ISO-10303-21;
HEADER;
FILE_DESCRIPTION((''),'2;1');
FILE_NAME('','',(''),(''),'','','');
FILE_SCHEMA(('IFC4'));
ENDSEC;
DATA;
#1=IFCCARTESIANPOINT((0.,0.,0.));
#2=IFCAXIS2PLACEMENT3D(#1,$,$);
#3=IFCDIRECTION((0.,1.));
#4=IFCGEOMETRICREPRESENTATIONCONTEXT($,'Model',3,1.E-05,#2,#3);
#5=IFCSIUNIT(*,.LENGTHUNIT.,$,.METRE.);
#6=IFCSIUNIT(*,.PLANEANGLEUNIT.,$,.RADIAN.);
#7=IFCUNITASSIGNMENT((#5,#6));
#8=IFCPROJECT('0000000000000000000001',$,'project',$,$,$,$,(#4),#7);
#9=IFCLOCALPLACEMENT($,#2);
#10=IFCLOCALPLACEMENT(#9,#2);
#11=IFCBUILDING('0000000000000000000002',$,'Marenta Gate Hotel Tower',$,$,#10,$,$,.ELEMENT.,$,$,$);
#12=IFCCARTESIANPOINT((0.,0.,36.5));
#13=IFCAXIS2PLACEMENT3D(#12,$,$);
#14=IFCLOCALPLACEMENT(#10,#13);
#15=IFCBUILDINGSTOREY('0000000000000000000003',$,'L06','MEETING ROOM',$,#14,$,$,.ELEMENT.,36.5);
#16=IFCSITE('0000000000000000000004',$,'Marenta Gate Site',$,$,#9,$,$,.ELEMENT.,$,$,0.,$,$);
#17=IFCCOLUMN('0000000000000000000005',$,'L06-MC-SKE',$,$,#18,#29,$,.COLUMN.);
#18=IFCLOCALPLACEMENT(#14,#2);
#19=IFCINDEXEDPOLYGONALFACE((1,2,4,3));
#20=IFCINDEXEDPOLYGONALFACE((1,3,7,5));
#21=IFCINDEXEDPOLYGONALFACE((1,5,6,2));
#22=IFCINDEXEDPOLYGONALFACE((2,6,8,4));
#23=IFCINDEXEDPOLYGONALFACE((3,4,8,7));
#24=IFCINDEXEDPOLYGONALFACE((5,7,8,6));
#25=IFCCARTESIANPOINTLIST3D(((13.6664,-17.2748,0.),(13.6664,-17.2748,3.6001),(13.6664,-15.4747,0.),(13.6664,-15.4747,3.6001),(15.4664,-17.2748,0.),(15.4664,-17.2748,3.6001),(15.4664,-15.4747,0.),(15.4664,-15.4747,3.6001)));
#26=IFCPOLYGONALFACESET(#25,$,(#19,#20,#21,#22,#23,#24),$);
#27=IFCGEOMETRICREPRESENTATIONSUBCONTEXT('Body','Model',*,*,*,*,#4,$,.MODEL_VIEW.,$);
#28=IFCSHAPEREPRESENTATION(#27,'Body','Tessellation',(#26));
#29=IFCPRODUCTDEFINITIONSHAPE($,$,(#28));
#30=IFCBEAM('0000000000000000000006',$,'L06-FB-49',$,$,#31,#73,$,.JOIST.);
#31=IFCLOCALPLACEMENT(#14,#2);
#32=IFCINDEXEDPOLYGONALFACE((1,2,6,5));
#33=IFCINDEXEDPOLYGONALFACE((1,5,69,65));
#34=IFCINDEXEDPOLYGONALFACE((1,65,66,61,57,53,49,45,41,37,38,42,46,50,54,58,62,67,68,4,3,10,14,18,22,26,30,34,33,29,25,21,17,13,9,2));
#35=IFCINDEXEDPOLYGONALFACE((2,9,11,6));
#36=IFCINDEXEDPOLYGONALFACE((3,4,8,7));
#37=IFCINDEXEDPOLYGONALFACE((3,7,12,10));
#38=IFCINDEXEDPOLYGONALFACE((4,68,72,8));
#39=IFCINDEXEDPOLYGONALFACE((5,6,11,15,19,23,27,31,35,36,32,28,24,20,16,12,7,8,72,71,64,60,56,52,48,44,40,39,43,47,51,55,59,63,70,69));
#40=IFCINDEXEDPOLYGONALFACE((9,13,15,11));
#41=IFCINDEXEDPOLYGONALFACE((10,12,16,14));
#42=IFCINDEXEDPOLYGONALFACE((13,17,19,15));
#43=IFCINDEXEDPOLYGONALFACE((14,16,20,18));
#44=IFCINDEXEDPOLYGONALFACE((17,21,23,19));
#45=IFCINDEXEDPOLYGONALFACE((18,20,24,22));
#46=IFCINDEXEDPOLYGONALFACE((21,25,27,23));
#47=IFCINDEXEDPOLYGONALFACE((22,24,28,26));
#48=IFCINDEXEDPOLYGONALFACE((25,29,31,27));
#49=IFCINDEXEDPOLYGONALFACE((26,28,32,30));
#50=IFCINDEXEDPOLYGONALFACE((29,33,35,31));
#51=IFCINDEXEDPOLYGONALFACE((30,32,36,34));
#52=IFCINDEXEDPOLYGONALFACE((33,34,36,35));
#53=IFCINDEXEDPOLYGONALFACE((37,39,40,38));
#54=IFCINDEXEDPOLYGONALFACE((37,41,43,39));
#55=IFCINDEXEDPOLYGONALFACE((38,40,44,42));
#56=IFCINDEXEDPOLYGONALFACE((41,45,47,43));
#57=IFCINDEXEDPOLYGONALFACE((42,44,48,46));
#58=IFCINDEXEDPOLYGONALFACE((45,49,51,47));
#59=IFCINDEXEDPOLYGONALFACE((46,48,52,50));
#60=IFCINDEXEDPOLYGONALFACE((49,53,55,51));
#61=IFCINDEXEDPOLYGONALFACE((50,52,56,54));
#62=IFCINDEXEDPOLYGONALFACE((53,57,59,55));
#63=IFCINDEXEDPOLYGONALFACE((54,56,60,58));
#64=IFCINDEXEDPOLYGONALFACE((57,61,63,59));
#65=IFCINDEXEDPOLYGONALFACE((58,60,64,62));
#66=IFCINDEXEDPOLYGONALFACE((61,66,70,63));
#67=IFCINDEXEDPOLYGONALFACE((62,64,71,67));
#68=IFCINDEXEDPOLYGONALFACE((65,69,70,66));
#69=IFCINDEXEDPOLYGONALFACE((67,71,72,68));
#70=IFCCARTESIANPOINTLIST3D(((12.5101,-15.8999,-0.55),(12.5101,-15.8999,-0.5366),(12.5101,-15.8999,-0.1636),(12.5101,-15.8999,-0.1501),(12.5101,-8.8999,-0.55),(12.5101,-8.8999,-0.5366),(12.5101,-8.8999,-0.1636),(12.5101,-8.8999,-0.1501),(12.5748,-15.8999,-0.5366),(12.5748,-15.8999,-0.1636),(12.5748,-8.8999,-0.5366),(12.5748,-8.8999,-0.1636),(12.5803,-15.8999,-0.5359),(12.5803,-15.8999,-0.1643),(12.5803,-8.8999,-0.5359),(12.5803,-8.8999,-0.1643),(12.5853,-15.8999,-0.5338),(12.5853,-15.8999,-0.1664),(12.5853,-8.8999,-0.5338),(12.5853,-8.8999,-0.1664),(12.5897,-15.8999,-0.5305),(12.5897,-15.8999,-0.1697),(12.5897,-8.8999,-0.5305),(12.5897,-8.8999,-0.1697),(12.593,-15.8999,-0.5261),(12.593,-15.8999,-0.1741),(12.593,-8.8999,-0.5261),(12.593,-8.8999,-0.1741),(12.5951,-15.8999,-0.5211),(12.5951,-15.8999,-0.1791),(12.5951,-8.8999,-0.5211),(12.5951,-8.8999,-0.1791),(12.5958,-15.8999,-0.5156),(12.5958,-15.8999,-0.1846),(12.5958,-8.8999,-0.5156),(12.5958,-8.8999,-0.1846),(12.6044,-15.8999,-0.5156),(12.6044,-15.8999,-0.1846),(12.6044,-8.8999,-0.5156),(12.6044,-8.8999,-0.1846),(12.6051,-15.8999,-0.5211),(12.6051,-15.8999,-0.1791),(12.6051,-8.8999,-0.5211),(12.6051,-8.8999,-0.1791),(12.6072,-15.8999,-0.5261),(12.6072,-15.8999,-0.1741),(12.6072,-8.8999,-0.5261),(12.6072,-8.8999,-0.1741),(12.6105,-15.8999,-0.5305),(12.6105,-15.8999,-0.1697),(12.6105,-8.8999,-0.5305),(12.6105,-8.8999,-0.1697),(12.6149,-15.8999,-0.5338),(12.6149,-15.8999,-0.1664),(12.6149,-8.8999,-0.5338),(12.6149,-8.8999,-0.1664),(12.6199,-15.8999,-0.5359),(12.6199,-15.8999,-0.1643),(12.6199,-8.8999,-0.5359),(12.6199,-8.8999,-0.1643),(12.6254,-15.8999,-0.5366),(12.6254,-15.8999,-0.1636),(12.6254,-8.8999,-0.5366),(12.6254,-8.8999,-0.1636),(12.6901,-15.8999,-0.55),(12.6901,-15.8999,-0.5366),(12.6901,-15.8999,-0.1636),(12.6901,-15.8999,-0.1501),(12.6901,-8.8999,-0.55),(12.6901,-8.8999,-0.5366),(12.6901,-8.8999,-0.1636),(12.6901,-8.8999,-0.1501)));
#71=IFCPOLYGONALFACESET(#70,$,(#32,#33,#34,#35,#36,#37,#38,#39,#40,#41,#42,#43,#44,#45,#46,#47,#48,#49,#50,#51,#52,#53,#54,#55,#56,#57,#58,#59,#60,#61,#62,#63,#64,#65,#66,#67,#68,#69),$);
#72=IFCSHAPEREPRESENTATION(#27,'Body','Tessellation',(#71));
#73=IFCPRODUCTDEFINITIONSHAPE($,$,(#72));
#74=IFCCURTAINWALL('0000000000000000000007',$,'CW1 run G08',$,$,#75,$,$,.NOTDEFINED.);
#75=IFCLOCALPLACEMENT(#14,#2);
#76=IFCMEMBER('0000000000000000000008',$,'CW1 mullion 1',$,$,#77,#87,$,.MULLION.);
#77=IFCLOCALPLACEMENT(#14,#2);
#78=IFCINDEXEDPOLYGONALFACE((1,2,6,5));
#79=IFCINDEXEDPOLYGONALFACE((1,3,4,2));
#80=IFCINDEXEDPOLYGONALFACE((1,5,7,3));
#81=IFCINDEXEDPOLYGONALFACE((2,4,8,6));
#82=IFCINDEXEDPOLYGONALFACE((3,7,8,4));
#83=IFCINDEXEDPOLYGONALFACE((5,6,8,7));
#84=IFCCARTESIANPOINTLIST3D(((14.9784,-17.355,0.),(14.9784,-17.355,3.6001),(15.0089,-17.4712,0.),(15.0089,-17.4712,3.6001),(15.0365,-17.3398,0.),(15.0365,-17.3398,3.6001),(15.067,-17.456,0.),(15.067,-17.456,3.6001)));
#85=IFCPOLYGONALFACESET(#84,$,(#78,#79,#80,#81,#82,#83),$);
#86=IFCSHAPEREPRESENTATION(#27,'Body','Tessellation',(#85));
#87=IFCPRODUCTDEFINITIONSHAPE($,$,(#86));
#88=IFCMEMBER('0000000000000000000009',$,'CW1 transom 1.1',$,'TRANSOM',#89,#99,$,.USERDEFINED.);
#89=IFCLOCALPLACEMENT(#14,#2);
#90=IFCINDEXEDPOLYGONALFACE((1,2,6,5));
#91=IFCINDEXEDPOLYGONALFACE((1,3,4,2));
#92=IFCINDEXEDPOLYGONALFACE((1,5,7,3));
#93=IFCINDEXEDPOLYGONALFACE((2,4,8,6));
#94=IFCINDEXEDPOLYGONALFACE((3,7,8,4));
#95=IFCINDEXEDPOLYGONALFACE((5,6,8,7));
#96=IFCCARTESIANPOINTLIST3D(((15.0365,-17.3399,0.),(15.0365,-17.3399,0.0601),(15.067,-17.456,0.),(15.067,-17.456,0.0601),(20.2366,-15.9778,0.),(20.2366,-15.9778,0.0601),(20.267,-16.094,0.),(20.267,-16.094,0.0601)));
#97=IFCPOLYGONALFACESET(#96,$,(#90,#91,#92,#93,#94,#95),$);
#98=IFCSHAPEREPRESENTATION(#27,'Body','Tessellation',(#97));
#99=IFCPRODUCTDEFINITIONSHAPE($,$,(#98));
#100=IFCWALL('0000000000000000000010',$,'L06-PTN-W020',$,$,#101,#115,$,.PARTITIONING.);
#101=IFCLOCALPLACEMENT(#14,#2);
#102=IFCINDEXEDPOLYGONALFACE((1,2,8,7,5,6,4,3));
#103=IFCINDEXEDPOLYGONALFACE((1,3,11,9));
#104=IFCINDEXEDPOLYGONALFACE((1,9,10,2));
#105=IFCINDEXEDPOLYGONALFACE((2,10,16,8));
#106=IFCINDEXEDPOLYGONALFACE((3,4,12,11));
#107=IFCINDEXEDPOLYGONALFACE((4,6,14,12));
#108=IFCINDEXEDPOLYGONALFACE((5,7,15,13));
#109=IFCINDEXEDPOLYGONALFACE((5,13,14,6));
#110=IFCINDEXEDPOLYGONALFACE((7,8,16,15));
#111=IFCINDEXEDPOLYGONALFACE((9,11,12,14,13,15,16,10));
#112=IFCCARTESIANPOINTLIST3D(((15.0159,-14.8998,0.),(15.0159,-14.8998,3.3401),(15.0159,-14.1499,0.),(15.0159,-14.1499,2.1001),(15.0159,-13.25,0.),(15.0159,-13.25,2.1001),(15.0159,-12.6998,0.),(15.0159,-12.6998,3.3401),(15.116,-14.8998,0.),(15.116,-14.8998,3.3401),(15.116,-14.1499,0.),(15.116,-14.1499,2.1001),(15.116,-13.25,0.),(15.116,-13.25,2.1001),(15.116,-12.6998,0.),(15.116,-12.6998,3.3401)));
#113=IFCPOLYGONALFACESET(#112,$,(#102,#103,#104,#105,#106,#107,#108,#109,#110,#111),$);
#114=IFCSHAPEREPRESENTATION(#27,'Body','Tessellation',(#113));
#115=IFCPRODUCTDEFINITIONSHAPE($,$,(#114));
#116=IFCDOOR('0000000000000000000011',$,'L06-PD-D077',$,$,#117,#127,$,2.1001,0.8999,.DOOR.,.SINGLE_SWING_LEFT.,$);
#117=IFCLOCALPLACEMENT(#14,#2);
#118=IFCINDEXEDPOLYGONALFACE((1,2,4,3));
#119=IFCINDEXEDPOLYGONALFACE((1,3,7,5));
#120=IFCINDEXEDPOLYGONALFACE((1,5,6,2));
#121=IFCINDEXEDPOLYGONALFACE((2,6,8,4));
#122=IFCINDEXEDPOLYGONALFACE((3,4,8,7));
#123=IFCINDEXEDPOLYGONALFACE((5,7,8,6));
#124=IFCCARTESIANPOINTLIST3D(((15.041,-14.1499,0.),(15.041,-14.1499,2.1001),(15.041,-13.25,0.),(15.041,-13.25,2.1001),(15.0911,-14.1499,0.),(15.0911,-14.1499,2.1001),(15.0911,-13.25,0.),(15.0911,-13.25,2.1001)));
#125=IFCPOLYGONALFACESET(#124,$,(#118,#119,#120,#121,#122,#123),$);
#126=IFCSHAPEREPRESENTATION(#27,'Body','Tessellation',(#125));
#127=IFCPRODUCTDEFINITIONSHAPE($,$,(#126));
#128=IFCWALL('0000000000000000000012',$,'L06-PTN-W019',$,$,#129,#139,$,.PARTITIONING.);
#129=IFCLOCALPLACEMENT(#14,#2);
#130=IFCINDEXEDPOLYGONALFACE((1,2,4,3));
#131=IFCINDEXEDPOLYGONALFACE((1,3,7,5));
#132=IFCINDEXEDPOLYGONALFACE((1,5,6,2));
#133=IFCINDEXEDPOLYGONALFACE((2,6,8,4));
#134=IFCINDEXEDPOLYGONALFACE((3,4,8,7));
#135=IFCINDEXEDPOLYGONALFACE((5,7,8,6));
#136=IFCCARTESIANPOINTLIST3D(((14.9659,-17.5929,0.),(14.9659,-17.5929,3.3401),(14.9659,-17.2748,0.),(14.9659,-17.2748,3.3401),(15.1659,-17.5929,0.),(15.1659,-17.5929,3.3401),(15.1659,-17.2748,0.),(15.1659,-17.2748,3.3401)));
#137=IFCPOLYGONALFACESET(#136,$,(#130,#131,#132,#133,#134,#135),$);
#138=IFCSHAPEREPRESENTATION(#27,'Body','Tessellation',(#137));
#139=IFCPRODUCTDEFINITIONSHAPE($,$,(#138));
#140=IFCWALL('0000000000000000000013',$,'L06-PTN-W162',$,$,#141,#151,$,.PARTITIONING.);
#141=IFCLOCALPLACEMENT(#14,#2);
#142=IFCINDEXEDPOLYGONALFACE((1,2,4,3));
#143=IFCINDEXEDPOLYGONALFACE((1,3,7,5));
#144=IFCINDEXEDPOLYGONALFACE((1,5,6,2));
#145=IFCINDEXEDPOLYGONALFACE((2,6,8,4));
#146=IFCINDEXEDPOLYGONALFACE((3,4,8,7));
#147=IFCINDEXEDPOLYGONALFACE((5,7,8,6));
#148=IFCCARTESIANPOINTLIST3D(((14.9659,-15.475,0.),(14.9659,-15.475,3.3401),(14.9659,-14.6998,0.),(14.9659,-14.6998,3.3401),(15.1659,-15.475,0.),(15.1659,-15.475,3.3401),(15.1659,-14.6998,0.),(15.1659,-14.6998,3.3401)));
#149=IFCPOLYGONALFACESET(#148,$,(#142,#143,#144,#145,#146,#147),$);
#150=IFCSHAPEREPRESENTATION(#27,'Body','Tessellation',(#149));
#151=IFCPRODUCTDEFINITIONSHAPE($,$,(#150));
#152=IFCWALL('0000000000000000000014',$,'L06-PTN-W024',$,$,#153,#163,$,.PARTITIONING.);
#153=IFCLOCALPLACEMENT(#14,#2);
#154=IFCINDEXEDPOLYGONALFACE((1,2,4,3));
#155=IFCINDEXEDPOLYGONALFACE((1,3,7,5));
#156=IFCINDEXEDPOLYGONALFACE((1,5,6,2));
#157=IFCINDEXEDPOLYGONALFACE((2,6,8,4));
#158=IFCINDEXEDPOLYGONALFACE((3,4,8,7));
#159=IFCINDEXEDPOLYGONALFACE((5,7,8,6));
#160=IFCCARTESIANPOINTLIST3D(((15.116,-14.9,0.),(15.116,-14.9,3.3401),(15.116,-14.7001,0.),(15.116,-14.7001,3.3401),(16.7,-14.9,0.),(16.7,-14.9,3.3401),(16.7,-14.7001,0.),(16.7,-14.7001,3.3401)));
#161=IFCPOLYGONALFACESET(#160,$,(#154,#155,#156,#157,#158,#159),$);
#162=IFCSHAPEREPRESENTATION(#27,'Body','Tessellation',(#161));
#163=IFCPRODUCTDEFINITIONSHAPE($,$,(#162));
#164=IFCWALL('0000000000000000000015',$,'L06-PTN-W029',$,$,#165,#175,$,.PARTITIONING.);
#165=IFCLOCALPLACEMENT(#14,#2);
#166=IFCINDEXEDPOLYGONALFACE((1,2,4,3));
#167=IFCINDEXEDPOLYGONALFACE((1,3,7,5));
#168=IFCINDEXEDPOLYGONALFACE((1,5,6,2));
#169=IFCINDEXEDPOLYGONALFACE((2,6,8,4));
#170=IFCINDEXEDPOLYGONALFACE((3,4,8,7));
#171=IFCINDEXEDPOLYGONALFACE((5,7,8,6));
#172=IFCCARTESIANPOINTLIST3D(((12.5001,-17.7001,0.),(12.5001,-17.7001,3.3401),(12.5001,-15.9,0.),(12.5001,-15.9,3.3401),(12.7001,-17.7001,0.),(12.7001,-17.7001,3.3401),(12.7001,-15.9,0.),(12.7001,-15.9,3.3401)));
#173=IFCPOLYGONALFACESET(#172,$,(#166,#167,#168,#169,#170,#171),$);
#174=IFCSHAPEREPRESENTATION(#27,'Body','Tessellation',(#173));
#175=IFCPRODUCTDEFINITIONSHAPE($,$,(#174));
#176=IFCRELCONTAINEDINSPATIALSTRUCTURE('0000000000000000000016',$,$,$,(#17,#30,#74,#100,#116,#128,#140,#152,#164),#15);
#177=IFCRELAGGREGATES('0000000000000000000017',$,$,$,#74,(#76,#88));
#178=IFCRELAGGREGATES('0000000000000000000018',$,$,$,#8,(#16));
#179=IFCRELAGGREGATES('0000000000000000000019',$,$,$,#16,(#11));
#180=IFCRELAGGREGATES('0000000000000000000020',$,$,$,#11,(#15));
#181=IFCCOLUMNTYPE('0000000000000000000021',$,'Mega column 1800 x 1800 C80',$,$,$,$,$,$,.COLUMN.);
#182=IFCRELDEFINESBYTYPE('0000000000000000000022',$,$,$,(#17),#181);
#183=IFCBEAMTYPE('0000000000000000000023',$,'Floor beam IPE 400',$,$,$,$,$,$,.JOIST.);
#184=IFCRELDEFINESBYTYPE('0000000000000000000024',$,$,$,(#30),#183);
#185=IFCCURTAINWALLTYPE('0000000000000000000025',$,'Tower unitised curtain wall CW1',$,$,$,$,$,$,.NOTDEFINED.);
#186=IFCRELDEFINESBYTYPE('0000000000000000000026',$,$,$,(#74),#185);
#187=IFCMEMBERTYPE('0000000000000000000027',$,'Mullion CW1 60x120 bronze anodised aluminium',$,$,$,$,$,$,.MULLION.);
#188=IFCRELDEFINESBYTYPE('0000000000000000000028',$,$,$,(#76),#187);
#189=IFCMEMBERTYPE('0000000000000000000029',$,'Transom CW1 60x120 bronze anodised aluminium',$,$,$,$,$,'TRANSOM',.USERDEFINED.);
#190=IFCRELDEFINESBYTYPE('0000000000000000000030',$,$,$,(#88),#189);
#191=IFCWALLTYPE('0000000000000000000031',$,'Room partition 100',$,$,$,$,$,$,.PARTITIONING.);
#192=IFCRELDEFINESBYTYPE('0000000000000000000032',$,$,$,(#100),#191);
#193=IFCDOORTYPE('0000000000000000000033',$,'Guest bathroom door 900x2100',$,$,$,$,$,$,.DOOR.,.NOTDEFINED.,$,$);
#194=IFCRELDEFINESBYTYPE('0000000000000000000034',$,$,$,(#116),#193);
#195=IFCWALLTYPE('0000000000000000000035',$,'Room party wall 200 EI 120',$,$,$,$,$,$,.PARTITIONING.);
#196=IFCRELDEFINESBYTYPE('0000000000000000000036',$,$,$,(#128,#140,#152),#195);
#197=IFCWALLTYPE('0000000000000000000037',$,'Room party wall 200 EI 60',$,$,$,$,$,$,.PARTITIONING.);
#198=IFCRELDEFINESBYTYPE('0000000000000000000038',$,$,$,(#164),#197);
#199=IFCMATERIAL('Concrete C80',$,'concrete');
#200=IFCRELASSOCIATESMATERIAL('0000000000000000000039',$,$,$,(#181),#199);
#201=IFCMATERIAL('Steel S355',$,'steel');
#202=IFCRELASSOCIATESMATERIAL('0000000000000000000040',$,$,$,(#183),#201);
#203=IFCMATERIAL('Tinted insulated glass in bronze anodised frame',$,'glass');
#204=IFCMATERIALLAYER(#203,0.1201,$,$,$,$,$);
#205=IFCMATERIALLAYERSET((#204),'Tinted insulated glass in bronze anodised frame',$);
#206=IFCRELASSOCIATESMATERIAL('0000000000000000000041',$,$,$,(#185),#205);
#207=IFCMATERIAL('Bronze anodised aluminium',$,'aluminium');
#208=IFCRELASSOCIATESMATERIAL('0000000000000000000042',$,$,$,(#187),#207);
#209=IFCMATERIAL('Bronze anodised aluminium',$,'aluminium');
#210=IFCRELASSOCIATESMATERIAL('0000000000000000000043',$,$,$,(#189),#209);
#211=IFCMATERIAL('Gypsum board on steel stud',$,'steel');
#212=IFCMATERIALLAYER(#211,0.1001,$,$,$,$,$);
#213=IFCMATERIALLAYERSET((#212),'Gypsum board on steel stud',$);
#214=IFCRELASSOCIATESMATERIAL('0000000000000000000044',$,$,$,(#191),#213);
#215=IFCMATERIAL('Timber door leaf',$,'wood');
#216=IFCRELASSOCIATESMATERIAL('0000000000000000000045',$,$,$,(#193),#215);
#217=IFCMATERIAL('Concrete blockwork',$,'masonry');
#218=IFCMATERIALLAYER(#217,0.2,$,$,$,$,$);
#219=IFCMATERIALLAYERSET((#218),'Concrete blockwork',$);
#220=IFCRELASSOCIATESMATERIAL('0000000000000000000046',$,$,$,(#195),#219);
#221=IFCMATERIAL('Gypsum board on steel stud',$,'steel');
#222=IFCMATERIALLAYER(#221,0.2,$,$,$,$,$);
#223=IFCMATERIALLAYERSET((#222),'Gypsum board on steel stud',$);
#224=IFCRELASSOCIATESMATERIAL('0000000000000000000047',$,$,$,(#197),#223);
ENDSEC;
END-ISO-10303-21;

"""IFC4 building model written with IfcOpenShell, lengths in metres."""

from ifc_helpers import new_model, si_unit, direction, frame, frame_2d, origin, origin_2d, place, context, subcontext, project, spatial, rectangle, i_section, extrude, material, layer, layer_set, material_profile, profile_set, type_object, element, fill, aggregate, save


model = new_model("IFC4")

# Units and contexts
model_context = context("Model", 3, precision=1e-05, world=origin(), true_north=direction((0.0, 1.0)))
body_context = subcontext(model_context, "Body", "Model", "MODEL_VIEW")
ifc_project = project(units=[si_unit("LENGTHUNIT", "METRE"), si_unit("PLANEANGLEUNIT", "RADIAN")], contexts=[model_context])

# Site, building, storey
site_placement = place(None, origin())
site = spatial("IfcSite", under=ifc_project, at=site_placement, Name="Marenta Gate Site", CompositionType="ELEMENT", RefElevation=0.0)
building_placement = place(site_placement, origin())
building = spatial("IfcBuilding", under=site, at=building_placement, Name="Marenta Gate Hotel Tower", CompositionType="ELEMENT")
storey_placement = place(building_placement, frame((0.0, 0.0, 36.5)))
storey = spatial("IfcBuildingStorey", under=building, at=storey_placement, Name="L06", Description="MEETING ROOM", CompositionType="ELEMENT", Elevation=36.5)

# Column
ifc_material_1 = material(Name="Concrete C80", Category="concrete")
ifc_material_profile_1 = material_profile(ifc_material_1, rectangle(XDim=1.8, YDim=1.8, at=origin_2d()), Name="1800 x 1800")
ifc_profile_set_1 = profile_set([ifc_material_profile_1], Name="Concrete C80")
column_type = type_object("IfcColumnType", Name="Mega column 1800 x 1800 C80", PredefinedType="COLUMN", material=ifc_profile_set_1)
column_placement = place(storey_placement, frame((14.5664, -16.3748, 0.0), z_axis=(0.0, 0.0, 1.0), x_axis=(1.0, 0.0, 0.0)))
element("IfcColumn", 1, at=column_placement, inside=storey, type_object=column_type, Name="L06-MC-SKE", PredefinedType="COLUMN", context=body_context, shape_type="SweptSolid", body=[
    extrude(rectangle(XDim=1.8, YDim=1.8, at=origin_2d()), origin(), (0.0, 0.0, 1.0), 3.6001),
])

# Beam
ifc_material_2 = material(Name="Steel S355", Category="steel")
ifc_material_profile_2 = material_profile(ifc_material_2, i_section(OverallWidth=0.1799, OverallDepth=0.3999, WebThickness=0.0085, FlangeThickness=0.0134, FilletRadius=0.021, at=origin_2d()), Name="IPE 400")
ifc_profile_set_2 = profile_set([ifc_material_profile_2], Name="Steel S355")
beam_type = type_object("IfcBeamType", Name="Floor beam IPE 400", PredefinedType="JOIST", material=ifc_profile_set_2)
beam_placement = place(storey_placement, frame((12.6001, -15.8999, -0.3501), z_axis=(0.0, 1.0, 0.0), x_axis=(-1.0, 0.0, 0.0)))
element("IfcBeam", 2, at=beam_placement, inside=storey, type_object=beam_type, Name="L06-FB-49", PredefinedType="JOIST", context=body_context, shape_type="SweptSolid", body=[
    extrude(i_section(OverallWidth=0.1799, OverallDepth=0.3999, WebThickness=0.0085, FlangeThickness=0.0134, FilletRadius=0.021, at=origin_2d()), origin(), (0.0, 0.0, 1.0), 7.0),
])

# Curtain wall, members
ifc_material_3 = material(Name="Tinted insulated glass in bronze anodised frame", Category="glass")
ifc_layer_1 = layer(ifc_material_3, 0.1201)
ifc_layer_set_1 = layer_set([ifc_layer_1], Name="Tinted insulated glass in bronze anodised frame")
curtain_wall_type = type_object("IfcCurtainWallType", Name="Tower unitised curtain wall CW1", PredefinedType="NOTDEFINED", material=ifc_layer_set_1)
curtain_wall_placement = place(storey_placement, origin())
curtain_wall = element("IfcCurtainWall", 3, at=curtain_wall_placement, inside=storey, type_object=curtain_wall_type, Name="CW1 run G08", PredefinedType="NOTDEFINED")
ifc_material_4 = material(Name="Bronze anodised aluminium", Category="aluminium")
ifc_material_profile_3 = material_profile(ifc_material_4, rectangle(XDim=0.1201, YDim=0.0601, at=origin_2d()), Name="Mullion CW1 60x120 bronze anodised aluminium")
ifc_profile_set_3 = profile_set([ifc_material_profile_3], Name="Bronze anodised aluminium")
member_type_1 = type_object("IfcMemberType", Name="Mullion CW1 60x120 bronze anodised aluminium", PredefinedType="MULLION", material=ifc_profile_set_3)
member_1_placement = place(storey_placement, frame((15.0227, -17.4055, 0.0), z_axis=(0.0, 0.0, 1.0), x_axis=(-0.253372, 0.967369, 0.0)))
member_1 = element("IfcMember", 4, at=member_1_placement, type_object=member_type_1, Name="CW1 mullion 1", PredefinedType="MULLION", context=body_context, shape_type="SweptSolid", body=[
    extrude(rectangle(XDim=0.1201, YDim=0.0601, at=origin_2d()), origin(), (0.0, 0.0, 1.0), 3.6001),
])
ifc_material_5 = material(Name="Bronze anodised aluminium", Category="aluminium")
ifc_material_profile_4 = material_profile(ifc_material_5, rectangle(XDim=0.1201, YDim=0.0601, at=origin_2d()), Name="Transom CW1 60x120 bronze anodised aluminium")
ifc_profile_set_4 = profile_set([ifc_material_profile_4], Name="Bronze anodised aluminium")
member_type_2 = type_object("IfcMemberType", Name="Transom CW1 60x120 bronze anodised aluminium", ElementType="TRANSOM", PredefinedType="USERDEFINED", material=ifc_profile_set_4)
member_2_placement = place(storey_placement, frame((15.0518, -17.3979, 0.03), z_axis=(0.967365, 0.253389, 0.0), x_axis=(-0.253389, 0.967365, 0.0)))
member_2 = element("IfcMember", 5, at=member_2_placement, type_object=member_type_2, Name="CW1 transom 1.1", ObjectType="TRANSOM", PredefinedType="USERDEFINED", context=body_context, shape_type="SweptSolid", body=[
    extrude(rectangle(XDim=0.1201, YDim=0.0601, at=origin_2d()), origin(), (0.0, 0.0, 1.0), 5.3755),
])
aggregate(curtain_wall, [member_1, member_2])

# Wall, opening, door
ifc_material_6 = material(Name="Gypsum board on steel stud", Category="steel")
ifc_layer_2 = layer(ifc_material_6, 0.1001)
ifc_layer_set_2 = layer_set([ifc_layer_2], Name="Gypsum board on steel stud")
wall_type_1 = type_object("IfcWallType", Name="Room partition 100", PredefinedType="PARTITIONING", material=ifc_layer_set_2)
wall_1_placement = place(storey_placement, frame((15.0659, -14.8999, 0.0), z_axis=(0.0, 0.0, 1.0), x_axis=(0.0, 1.0, 0.0)))
wall_1 = element("IfcWall", 6, at=wall_1_placement, inside=storey, type_object=wall_type_1, Name="L06-PTN-W020", PredefinedType="PARTITIONING", context=body_context, shape_type="SweptSolid", body=[
    extrude(rectangle(XDim=2.2, YDim=0.1001, at=frame_2d((1.1001, 0.0))), origin(), (0.0, 0.0, 1.0), 3.3401),
])
opening_placement = place(wall_1_placement, frame((0.75, 0.0, 0.0)))
opening = element("IfcOpeningElement", 7, at=opening_placement, cuts=wall_1, PredefinedType="OPENING", context=body_context, shape_type="SweptSolid", body=[
    extrude(rectangle(XDim=0.8999, YDim=2.1001, at=frame_2d((0.45, 1.05))), frame((0.0, 0.05, 0.0), z_axis=(0.0, -1.0, 0.0), x_axis=(1.0, 0.0, 0.0)), (0.0, 0.0, 1.0), 0.1001),
])
ifc_material_7 = material(Name="Timber door leaf", Category="wood")
door_type = type_object("IfcDoorType", Name="Guest bathroom door 900x2100", OperationType="NOTDEFINED", PredefinedType="DOOR", material=ifc_material_7)
door_placement = place(opening_placement, origin())
door = element("IfcDoor", 8, at=door_placement, inside=storey, type_object=door_type, Name="L06-PD-D077", OperationType="SINGLE_SWING_LEFT", OverallHeight=2.1001, OverallWidth=0.8999, PredefinedType="DOOR", context=body_context, shape_type="SweptSolid", body=[
    extrude(rectangle(XDim=0.8999, YDim=2.1001, at=frame_2d((0.45, 1.05))), frame((0.0, 0.0249, 0.0), z_axis=(0.0, -1.0, 0.0), x_axis=(1.0, 0.0, 0.0)), (0.0, 0.0, 1.0), 0.05),
])
fill(opening, door)

# Walls
ifc_material_8 = material(Name="Concrete blockwork", Category="masonry")
ifc_layer_3 = layer(ifc_material_8, 0.2)
ifc_layer_set_3 = layer_set([ifc_layer_3], Name="Concrete blockwork")
wall_type_2 = type_object("IfcWallType", Name="Room party wall 200 EI 120", PredefinedType="PARTITIONING", material=ifc_layer_set_3)
wall_2_placement = place(storey_placement, frame((15.0659, -17.593, 0.0), z_axis=(0.0, 0.0, 1.0), x_axis=(0.0, 1.0, 0.0)))
element("IfcWall", 9, at=wall_2_placement, inside=storey, type_object=wall_type_2, Name="L06-PTN-W019", PredefinedType="PARTITIONING", context=body_context, shape_type="SweptSolid", body=[
    extrude(rectangle(XDim=0.3181, YDim=0.2, at=frame_2d((0.1592, 0.0))), origin(), (0.0, 0.0, 1.0), 3.3401),
])
wall_3_placement = place(storey_placement, frame((15.0659, -15.4751, 0.0), z_axis=(0.0, 0.0, 1.0), x_axis=(0.0, 1.0, 0.0)))
element("IfcWall", 10, at=wall_3_placement, inside=storey, type_object=wall_type_2, Name="L06-PTN-W162", PredefinedType="PARTITIONING", context=body_context, shape_type="SweptSolid", body=[
    extrude(rectangle(XDim=0.7751, YDim=0.2, at=frame_2d((0.3877, 0.0))), origin(), (0.0, 0.0, 1.0), 3.3401),
])
wall_4_placement = place(storey_placement, frame((15.116, -14.8, 0.0), z_axis=(0.0, 0.0, 1.0), x_axis=(1.0, 0.0, 0.0)))
element("IfcWall", 11, at=wall_4_placement, inside=storey, type_object=wall_type_2, Name="L06-PTN-W024", PredefinedType="PARTITIONING", context=body_context, shape_type="SweptSolid", body=[
    extrude(rectangle(XDim=1.584, YDim=0.2, at=frame_2d((0.792, 0.0))), origin(), (0.0, 0.0, 1.0), 3.3401),
])
ifc_material_9 = material(Name="Gypsum board on steel stud", Category="steel")
ifc_layer_4 = layer(ifc_material_9, 0.2)
ifc_layer_set_4 = layer_set([ifc_layer_4], Name="Gypsum board on steel stud")
wall_type_3 = type_object("IfcWallType", Name="Room party wall 200 EI 60", PredefinedType="PARTITIONING", material=ifc_layer_set_4)
wall_5_placement = place(storey_placement, frame((12.6001, -17.7, 0.0), z_axis=(0.0, 0.0, 1.0), x_axis=(0.0, 1.0, 0.0)))
element("IfcWall", 12, at=wall_5_placement, inside=storey, type_object=wall_type_3, Name="L06-PTN-W029", PredefinedType="PARTITIONING", context=body_context, shape_type="SweptSolid", body=[
    extrude(rectangle(XDim=1.8, YDim=0.2, at=frame_2d((0.8999, 0.0))), origin(), (0.0, 0.0, 1.0), 3.3401),
])

save(model, "model.ifc")
